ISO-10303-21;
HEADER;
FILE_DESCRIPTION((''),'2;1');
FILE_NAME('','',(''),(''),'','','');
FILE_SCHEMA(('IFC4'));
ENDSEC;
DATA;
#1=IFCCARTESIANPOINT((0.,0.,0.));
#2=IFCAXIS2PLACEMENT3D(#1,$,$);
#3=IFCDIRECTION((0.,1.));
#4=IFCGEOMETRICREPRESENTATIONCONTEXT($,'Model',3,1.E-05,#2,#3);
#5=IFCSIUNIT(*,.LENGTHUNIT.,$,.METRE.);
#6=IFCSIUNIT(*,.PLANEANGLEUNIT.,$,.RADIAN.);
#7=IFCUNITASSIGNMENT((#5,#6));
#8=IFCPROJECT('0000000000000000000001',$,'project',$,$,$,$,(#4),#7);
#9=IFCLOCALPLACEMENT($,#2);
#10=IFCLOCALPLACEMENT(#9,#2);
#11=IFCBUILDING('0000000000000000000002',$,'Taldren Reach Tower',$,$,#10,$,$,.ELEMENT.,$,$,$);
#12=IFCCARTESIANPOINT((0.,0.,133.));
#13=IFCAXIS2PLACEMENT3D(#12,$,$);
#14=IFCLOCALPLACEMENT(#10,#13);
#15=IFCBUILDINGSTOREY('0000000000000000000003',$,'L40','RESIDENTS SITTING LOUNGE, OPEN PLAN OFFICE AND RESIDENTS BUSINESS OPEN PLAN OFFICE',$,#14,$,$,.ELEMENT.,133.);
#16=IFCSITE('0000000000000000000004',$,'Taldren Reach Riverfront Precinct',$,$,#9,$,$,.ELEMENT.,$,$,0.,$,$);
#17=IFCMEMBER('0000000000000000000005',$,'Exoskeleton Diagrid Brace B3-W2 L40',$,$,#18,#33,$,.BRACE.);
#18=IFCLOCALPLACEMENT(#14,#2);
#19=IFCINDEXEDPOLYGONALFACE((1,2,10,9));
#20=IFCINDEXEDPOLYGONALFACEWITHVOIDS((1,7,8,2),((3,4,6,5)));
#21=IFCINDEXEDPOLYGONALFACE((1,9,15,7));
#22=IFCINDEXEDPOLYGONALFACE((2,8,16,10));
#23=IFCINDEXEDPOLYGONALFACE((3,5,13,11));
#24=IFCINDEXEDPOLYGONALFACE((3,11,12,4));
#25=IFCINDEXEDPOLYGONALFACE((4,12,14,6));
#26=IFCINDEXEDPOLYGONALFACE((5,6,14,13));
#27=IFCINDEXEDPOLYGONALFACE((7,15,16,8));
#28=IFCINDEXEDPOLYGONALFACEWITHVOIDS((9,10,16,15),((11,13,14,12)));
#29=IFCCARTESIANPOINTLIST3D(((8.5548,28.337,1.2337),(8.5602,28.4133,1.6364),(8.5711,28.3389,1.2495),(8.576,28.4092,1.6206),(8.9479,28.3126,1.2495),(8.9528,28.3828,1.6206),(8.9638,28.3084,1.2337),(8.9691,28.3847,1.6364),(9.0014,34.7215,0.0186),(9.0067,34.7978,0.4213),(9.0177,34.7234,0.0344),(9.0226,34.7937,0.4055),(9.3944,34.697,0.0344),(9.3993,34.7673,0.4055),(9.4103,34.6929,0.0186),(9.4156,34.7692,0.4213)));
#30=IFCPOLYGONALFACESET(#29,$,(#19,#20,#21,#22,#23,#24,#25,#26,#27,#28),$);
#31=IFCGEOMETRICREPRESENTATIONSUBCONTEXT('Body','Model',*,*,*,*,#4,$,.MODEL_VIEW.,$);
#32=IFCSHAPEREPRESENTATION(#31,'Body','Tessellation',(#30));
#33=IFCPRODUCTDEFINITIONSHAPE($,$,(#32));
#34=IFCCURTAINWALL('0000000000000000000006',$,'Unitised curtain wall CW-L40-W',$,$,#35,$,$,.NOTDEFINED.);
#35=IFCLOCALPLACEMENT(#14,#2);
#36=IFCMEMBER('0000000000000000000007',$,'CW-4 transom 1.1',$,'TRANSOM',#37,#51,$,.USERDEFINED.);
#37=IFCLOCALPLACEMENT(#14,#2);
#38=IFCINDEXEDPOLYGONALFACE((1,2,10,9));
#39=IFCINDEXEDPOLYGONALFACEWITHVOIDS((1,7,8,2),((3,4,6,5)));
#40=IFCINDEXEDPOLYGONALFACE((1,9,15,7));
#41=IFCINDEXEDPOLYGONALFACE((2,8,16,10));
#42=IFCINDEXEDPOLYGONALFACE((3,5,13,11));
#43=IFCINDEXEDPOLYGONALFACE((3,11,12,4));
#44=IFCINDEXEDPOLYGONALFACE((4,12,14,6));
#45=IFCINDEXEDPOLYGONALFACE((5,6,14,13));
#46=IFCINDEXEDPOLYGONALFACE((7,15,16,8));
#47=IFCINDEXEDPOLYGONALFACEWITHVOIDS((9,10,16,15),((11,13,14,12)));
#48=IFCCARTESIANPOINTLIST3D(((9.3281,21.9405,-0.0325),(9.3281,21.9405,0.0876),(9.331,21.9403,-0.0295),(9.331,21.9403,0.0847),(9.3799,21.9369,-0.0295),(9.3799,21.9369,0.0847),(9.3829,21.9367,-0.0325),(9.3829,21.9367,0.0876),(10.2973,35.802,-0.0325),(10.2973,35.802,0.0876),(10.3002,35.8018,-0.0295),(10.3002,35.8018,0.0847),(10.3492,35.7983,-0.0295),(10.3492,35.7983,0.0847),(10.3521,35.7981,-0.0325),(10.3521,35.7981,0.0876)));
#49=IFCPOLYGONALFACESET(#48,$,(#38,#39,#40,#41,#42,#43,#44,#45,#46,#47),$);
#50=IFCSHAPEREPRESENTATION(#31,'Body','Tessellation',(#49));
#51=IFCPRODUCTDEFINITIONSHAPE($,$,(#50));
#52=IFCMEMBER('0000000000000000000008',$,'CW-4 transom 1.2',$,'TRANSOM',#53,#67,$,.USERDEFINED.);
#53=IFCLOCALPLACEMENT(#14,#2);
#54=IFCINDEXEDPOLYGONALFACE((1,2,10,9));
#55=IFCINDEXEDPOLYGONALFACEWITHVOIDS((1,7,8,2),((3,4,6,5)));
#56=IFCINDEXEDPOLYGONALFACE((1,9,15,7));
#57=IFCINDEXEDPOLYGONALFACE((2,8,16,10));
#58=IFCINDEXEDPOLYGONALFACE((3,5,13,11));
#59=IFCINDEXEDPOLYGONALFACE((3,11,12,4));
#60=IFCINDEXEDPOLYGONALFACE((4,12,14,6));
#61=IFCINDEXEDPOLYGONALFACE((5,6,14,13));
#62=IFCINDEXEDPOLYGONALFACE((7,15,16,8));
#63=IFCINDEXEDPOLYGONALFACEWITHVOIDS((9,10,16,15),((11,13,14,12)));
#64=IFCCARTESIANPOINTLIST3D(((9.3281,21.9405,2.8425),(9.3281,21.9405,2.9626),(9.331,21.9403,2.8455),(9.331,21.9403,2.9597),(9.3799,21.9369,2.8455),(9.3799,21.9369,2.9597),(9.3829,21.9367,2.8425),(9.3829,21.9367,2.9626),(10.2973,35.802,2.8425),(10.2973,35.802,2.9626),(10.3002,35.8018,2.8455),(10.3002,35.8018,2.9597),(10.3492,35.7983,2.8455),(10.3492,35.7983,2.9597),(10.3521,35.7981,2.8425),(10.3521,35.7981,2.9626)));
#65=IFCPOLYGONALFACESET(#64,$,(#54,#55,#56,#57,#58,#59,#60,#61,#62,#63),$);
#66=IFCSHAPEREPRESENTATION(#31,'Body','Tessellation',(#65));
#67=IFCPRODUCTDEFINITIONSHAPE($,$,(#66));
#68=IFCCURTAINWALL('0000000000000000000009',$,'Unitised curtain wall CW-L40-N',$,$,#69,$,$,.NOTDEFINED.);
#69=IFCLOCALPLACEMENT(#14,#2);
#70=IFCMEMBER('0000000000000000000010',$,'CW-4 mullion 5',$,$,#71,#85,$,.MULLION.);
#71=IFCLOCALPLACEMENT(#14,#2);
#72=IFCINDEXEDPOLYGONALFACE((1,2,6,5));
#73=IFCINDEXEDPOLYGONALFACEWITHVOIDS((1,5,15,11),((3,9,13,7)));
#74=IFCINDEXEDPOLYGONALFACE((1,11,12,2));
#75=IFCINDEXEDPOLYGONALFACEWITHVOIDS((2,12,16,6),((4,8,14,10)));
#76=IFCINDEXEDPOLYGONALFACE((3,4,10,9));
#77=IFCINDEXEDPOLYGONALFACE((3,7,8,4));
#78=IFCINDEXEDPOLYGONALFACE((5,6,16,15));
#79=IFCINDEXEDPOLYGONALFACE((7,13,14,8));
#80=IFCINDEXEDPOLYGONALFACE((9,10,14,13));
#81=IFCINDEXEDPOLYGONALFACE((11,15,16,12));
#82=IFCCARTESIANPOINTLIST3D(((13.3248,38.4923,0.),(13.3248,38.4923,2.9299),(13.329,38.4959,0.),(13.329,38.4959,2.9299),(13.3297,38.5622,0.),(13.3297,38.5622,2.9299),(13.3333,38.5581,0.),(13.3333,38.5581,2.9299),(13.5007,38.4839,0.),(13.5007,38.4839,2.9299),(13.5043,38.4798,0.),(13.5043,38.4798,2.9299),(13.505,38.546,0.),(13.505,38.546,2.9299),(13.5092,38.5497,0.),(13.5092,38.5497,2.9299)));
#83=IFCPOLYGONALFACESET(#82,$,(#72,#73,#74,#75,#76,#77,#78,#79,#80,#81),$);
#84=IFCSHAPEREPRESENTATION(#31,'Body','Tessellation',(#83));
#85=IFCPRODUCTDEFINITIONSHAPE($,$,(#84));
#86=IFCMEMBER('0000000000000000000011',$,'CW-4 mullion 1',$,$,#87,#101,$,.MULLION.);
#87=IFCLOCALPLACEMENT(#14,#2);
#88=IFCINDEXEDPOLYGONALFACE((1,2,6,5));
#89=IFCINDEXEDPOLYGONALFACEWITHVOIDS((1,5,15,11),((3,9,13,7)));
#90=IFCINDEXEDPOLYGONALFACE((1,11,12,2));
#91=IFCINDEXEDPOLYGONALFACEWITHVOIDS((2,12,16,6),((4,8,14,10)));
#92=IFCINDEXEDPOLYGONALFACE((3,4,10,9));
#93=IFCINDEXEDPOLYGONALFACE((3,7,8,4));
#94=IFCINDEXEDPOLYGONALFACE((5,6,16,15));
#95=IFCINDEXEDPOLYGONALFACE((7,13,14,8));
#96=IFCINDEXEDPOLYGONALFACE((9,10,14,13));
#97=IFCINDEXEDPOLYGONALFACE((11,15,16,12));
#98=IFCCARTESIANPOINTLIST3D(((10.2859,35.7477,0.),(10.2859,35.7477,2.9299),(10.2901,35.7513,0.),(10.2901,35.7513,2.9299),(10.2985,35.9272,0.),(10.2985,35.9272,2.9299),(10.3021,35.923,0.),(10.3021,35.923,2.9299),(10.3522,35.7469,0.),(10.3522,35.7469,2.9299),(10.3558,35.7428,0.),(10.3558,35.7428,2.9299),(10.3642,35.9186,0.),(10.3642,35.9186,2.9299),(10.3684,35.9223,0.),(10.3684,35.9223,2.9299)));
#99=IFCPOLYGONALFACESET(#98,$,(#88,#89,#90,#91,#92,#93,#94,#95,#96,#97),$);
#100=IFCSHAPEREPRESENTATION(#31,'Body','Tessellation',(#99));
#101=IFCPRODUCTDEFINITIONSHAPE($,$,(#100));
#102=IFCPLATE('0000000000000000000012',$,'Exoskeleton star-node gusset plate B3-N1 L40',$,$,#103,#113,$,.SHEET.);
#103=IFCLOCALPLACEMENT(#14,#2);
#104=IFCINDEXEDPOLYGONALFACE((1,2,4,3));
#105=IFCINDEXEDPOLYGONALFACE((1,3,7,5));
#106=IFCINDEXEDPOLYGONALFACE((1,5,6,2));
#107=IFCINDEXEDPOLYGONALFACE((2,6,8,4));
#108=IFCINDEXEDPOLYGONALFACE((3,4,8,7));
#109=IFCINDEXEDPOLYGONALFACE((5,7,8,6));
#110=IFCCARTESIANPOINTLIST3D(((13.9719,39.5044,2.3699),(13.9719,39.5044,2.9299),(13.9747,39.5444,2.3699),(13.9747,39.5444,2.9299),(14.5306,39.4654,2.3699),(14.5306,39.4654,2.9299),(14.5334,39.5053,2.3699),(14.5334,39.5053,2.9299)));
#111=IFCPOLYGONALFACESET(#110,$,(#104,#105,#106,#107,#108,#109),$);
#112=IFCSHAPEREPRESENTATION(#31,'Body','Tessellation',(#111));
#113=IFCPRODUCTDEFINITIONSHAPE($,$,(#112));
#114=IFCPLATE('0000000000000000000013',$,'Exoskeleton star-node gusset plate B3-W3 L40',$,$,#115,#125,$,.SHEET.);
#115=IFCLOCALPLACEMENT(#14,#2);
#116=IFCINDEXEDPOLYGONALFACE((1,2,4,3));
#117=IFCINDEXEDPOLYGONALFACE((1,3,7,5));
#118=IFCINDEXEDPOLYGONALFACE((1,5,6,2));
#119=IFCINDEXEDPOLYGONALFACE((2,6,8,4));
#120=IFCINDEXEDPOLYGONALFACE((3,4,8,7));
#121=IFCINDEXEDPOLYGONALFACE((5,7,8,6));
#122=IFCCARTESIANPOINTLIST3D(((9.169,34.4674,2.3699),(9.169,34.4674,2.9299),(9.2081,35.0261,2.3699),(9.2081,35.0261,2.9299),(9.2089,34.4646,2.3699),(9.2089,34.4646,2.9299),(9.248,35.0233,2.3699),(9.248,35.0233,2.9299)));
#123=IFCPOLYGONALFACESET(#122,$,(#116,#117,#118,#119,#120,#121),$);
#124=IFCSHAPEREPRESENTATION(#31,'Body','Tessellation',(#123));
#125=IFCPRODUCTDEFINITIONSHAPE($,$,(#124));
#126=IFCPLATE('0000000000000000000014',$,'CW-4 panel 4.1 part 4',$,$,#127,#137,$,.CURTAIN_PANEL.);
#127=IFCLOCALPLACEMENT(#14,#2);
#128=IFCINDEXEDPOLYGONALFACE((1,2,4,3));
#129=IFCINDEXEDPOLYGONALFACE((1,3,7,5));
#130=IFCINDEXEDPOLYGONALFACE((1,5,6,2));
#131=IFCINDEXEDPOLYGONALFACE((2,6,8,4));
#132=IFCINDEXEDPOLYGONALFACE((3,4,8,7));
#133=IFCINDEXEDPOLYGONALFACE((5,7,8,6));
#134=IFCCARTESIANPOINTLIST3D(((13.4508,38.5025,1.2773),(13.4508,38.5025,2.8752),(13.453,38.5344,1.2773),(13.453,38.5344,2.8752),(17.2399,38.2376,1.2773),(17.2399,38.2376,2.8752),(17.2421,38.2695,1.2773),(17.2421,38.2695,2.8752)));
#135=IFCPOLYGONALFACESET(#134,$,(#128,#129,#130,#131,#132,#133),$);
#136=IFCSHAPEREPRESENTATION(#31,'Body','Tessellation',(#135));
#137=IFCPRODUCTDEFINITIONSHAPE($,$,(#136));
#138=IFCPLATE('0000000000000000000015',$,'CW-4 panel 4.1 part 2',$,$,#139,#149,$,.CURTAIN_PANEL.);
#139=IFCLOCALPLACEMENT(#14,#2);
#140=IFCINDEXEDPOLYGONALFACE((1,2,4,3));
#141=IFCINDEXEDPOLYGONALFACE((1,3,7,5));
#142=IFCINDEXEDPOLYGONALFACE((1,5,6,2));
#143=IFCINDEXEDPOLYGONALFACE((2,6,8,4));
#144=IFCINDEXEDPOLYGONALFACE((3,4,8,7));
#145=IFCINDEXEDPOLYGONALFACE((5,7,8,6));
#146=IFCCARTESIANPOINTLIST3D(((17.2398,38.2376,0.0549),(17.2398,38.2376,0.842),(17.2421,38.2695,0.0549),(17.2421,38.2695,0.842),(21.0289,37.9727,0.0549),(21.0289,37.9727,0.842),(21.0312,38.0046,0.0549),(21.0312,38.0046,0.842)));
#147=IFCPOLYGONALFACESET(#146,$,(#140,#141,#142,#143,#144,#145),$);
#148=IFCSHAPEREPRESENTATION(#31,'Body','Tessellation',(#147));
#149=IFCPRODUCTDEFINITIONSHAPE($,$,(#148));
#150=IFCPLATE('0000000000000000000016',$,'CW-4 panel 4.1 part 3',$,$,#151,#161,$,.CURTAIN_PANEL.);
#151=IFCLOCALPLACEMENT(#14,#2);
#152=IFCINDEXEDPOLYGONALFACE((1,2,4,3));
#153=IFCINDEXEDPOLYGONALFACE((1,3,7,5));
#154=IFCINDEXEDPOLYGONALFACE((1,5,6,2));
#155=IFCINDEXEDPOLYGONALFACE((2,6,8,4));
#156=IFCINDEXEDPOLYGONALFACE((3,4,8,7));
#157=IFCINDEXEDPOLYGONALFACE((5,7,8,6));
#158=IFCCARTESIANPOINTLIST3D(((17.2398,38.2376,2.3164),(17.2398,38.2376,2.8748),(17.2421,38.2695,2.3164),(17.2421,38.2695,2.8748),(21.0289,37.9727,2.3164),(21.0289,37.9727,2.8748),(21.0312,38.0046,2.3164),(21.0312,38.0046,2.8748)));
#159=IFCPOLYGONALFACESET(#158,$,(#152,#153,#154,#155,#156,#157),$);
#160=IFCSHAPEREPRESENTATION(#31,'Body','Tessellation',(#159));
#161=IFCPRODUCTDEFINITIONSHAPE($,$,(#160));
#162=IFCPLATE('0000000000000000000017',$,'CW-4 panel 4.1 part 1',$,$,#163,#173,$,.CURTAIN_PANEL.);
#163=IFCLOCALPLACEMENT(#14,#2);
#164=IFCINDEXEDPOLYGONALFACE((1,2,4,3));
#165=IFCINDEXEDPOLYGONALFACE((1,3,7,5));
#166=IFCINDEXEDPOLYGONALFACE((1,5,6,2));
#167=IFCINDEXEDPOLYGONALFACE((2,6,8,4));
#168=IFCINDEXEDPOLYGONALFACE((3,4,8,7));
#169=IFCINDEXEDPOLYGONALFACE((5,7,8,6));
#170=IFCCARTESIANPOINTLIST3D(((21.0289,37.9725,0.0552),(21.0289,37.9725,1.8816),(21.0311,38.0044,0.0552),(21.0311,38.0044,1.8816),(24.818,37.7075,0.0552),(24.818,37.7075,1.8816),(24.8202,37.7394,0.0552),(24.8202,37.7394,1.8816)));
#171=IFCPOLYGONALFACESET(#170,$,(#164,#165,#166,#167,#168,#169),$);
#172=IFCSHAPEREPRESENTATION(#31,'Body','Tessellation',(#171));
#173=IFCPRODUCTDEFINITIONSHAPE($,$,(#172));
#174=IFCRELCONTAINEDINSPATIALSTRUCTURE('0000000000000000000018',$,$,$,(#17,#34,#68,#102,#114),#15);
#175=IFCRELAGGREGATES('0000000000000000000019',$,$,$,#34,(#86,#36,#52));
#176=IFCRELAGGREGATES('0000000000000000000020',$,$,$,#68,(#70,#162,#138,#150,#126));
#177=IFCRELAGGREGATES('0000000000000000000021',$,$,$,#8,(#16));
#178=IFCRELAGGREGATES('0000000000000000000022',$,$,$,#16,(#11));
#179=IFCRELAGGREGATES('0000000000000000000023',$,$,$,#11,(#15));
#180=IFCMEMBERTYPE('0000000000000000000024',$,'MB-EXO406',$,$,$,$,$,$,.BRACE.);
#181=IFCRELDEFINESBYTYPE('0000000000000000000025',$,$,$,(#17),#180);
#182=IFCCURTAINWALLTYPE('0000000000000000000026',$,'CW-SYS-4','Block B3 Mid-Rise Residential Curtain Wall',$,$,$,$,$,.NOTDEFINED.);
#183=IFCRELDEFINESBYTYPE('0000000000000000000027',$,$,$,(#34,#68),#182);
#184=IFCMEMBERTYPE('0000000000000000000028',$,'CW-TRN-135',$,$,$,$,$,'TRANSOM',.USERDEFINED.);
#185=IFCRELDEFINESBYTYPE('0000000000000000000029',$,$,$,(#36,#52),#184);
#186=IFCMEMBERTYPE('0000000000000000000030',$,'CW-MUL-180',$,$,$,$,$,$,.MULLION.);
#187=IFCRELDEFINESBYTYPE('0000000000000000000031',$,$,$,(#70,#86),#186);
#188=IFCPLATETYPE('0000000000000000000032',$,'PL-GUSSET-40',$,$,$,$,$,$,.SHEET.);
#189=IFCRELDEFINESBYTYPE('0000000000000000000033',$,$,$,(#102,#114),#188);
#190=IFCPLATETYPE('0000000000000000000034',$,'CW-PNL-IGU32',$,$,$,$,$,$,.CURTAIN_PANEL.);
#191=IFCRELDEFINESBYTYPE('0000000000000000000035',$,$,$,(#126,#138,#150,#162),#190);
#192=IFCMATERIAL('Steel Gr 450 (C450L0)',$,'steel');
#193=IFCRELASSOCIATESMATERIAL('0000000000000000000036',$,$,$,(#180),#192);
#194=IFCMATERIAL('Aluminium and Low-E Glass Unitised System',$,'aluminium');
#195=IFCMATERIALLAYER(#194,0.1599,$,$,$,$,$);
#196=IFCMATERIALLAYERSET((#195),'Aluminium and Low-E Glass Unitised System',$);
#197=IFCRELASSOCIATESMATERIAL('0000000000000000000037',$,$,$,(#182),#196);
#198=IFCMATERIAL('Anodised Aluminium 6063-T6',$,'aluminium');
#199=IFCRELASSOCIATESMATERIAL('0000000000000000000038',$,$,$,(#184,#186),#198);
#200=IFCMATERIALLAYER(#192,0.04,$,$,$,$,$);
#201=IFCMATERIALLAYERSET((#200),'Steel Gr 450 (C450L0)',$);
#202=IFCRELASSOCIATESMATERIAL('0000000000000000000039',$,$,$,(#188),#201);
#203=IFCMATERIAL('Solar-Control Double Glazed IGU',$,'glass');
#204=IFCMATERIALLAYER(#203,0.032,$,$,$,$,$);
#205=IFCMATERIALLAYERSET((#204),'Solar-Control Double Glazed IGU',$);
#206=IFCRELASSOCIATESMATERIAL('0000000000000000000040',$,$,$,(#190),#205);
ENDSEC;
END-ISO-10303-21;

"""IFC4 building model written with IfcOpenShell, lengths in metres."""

from ifc_helpers import new_model, si_unit, direction, frame, origin, origin_2d, place, context, subcontext, project, spatial, rectangle, hollow_rectangle, extrude, source, transform, mapped, material, layer, layer_set, material_profile, profile_set, type_object, element, aggregate, save


model = new_model("IFC4")

# Units and contexts
model_context = context("Model", 3, precision=1e-05, world=origin(), true_north=direction((0.0, 1.0)))
body_context = subcontext(model_context, "Body", "Model", "MODEL_VIEW")
ifc_project = project(units=[si_unit("LENGTHUNIT", "METRE"), si_unit("PLANEANGLEUNIT", "RADIAN")], contexts=[model_context])

# Site, building, storey
site_placement = place(None, origin())
site = spatial("IfcSite", under=ifc_project, at=site_placement, Name="Taldren Reach Riverfront Precinct", CompositionType="ELEMENT", RefElevation=0.0)
building_placement = place(site_placement, origin())
building = spatial("IfcBuilding", under=site, at=building_placement, Name="Taldren Reach Tower", CompositionType="ELEMENT")
storey_placement = place(building_placement, frame((0.0, 0.0, 133.0)))
storey = spatial("IfcBuildingStorey", under=building, at=storey_placement, Name="L40", Description="RESIDENTS SITTING LOUNGE, OPEN PLAN OFFICE AND RESIDENTS BUSINESS OPEN PLAN OFFICE", CompositionType="ELEMENT", Elevation=133.0)

# Shared definitions
ifc_material_1 = material(Name="Steel Gr 450 (C450L0)", Category="steel")

# Member
ifc_material_profile_1 = material_profile(ifc_material_1, hollow_rectangle(XDim=0.4099, YDim=0.4099, WallThickness=0.0161, at=origin_2d()), Name="410x410x16.0SHS")
ifc_profile_set_1 = profile_set([ifc_material_profile_1], Name="Steel Gr 450 (C450L0)")
member_type_1 = type_object("IfcMemberType", Name="MB-EXO406", PredefinedType="BRACE", material=ifc_profile_set_1)
shared_shape_1 = source(origin(), body_context, "Body", "SweptSolid", [
    extrude(hollow_rectangle(XDim=0.4099, YDim=0.4099, WallThickness=0.0161, at=origin_2d()), origin(), (0.0, 0.0, 1.0), 6.5144),
])
member_1_placement = place(storey_placement, frame((9.2085, 34.7454, 0.22), z_axis=(-0.068545, -0.980057, 0.186522), x_axis=(0.997563, -0.06977, 0.0)))
element("IfcMember", 1, at=member_1_placement, inside=storey, type_object=member_type_1, Name="Exoskeleton Diagrid Brace B3-W2 L40", PredefinedType="BRACE", context=body_context, shape_type="MappedRepresentation", body=[
    mapped(shared_shape_1, transform((0.0, 0.0, 0.0), scale=1.0)),
])

# Curtain wall, members
ifc_material_2 = material(Name="Aluminium and Low-E Glass Unitised System", Category="aluminium")
ifc_layer_1 = layer(ifc_material_2, 0.1599)
ifc_layer_set_1 = layer_set([ifc_layer_1], Name="Aluminium and Low-E Glass Unitised System")
curtain_wall_type = type_object("IfcCurtainWallType", Name="CW-SYS-4", Description="Block B3 Mid-Rise Residential Curtain Wall", PredefinedType="NOTDEFINED", material=ifc_layer_set_1)
curtain_wall_1_placement = place(storey_placement, origin())
curtain_wall_1 = element("IfcCurtainWall", 2, at=curtain_wall_1_placement, inside=storey, type_object=curtain_wall_type, Name="Unitised curtain wall CW-L40-W", PredefinedType="NOTDEFINED")
ifc_material_3 = material(Name="Anodised Aluminium 6063-T6", Category="aluminium")
ifc_material_profile_2 = material_profile(ifc_material_3, hollow_rectangle(XDim=0.0549, YDim=0.1201, WallThickness=0.0029, at=origin_2d()), Name="ALU-120x55x3RHS")
ifc_profile_set_2 = profile_set([ifc_material_profile_2], Name="Anodised Aluminium 6063-T6")
member_type_2 = type_object("IfcMemberType", Name="CW-TRN-135", ElementType="TRANSOM", PredefinedType="USERDEFINED", material=ifc_profile_set_2)
shared_shape_2 = source(origin(), body_context, "Body", "SweptSolid", [
    extrude(hollow_rectangle(XDim=0.0549, YDim=0.1201, WallThickness=0.0029, at=origin_2d()), origin(), (0.0, 0.0, 1.0), 13.8953),
])
member_2_placement = place(storey_placement, frame((10.3247, 35.8, 0.0276), z_axis=(-0.069754, -0.997564, 0.0), x_axis=(0.997564, -0.069754, 0.0)))
member_2 = element("IfcMember", 3, at=member_2_placement, type_object=member_type_2, Name="CW-4 transom 1.1", ObjectType="TRANSOM", PredefinedType="USERDEFINED", context=body_context, shape_type="MappedRepresentation", body=[
    mapped(shared_shape_2, transform((0.0, 0.0, 0.0), scale=1.0)),
])
member_3_placement = place(storey_placement, frame((10.3247, 35.8, 2.9026), z_axis=(-0.069754, -0.997564, 0.0), x_axis=(0.997564, -0.069754, 0.0)))
member_3 = element("IfcMember", 4, at=member_3_placement, type_object=member_type_2, Name="CW-4 transom 1.2", ObjectType="TRANSOM", PredefinedType="USERDEFINED", context=body_context, shape_type="MappedRepresentation", body=[
    mapped(shared_shape_2, transform((0.0, 0.0, 0.0), scale=1.0)),
])

# Curtain wall, member
curtain_wall_2_placement = place(storey_placement, origin())
curtain_wall_2 = element("IfcCurtainWall", 5, at=curtain_wall_2_placement, inside=storey, type_object=curtain_wall_type, Name="Unitised curtain wall CW-L40-N", PredefinedType="NOTDEFINED")
ifc_material_profile_3 = material_profile(ifc_material_3, hollow_rectangle(XDim=0.0701, YDim=0.1799, WallThickness=0.0039, at=origin_2d()), Name="ALU-180x70x4RHS")
ifc_profile_set_3 = profile_set([ifc_material_profile_3], Name="Anodised Aluminium 6063-T6")
member_type_3 = type_object("IfcMemberType", Name="CW-MUL-180", PredefinedType="MULLION", material=ifc_profile_set_3)
shared_shape_3 = source(origin(), body_context, "Body", "SweptSolid", [
    extrude(hollow_rectangle(XDim=0.0701, YDim=0.1799, WallThickness=0.0039, at=origin_2d()), origin(), (0.0, 0.0, 1.0), 2.9299),
])
member_4_placement = place(storey_placement, frame((13.417, 38.521, 0.0), z_axis=(0.0, 0.0, 1.0), x_axis=(-0.069757, -0.997564, 0.0)))
member_4 = element("IfcMember", 6, at=member_4_placement, type_object=member_type_3, Name="CW-4 mullion 5", PredefinedType="MULLION", context=body_context, shape_type="MappedRepresentation", body=[
    mapped(shared_shape_3, transform((0.0, 0.0, 0.0), scale=1.0)),
])

# Member
member_5_placement = place(storey_placement, frame((10.3271, 35.835, 0.0), z_axis=(0.0, 0.0, 1.0), x_axis=(0.997564, -0.069756, 0.0)))
member_5 = element("IfcMember", 7, at=member_5_placement, type_object=member_type_3, Name="CW-4 mullion 1", PredefinedType="MULLION", context=body_context, shape_type="MappedRepresentation", body=[
    mapped(shared_shape_3, transform((0.0, 0.0, 0.0), scale=1.0)),
])
aggregate(curtain_wall_1, [member_5, member_2, member_3])

# Plates
ifc_layer_2 = layer(ifc_material_1, 0.04)
ifc_layer_set_2 = layer_set([ifc_layer_2], Name="Steel Gr 450 (C450L0)")
plate_type_1 = type_object("IfcPlateType", Name="PL-GUSSET-40", PredefinedType="SHEET", material=ifc_layer_set_2)
shared_shape_4 = source(origin(), body_context, "Body", "SweptSolid", [
    extrude(rectangle(XDim=0.5601, YDim=0.04, at=origin_2d()), origin(), (0.0, 0.0, 1.0), 0.5601),
])
for number, where, z_axis, x_axis, name in (
    (8, (14.2527, 39.5049, 2.3699), (0.0, 0.0, 1.0), (0.997564, -0.069756, 0.0), "Exoskeleton star-node gusset plate B3-N1 L40"),
    (9, (9.2085, 34.7454, 2.3699), (0.0, 0.0, 1.0), (0.069756, 0.997564, 0.0), "Exoskeleton star-node gusset plate B3-W3 L40"),
):
    element("IfcPlate", number, at=place(storey_placement, frame(where, z_axis=z_axis, x_axis=x_axis)), inside=storey, type_object=plate_type_1, Name=name, PredefinedType="SHEET", context=body_context, shape_type="MappedRepresentation", body=[
        mapped(shared_shape_4, transform((0.0, 0.0, 0.0), scale=1.0)),
    ])

# Plates
ifc_material_4 = material(Name="Solar-Control Double Glazed IGU", Category="glass")
ifc_layer_3 = layer(ifc_material_4, 0.032)
ifc_layer_set_3 = layer_set([ifc_layer_3], Name="Solar-Control Double Glazed IGU")
plate_type_2 = type_object("IfcPlateType", Name="CW-PNL-IGU32", PredefinedType="CURTAIN_PANEL", material=ifc_layer_set_3)
shared_shape_5 = source(origin(), body_context, "Body", "SweptSolid", [
    extrude(rectangle(XDim=3.7983, YDim=0.032, at=origin_2d()), origin(), (0.0, 0.0, 1.0), 1.5979),
])
plate_1_placement = place(storey_placement, frame((15.3464, 38.386, 1.2773), z_axis=(0.0, 0.0, 1.0), x_axis=(-0.997564, 0.069757, 0.0)))
plate_1 = element("IfcPlate", 10, at=plate_1_placement, type_object=plate_type_2, Name="CW-4 panel 4.1 part 4", PredefinedType="CURTAIN_PANEL", context=body_context, shape_type="MappedRepresentation", body=[
    mapped(shared_shape_5, transform((0.0, 0.0, 0.0), scale=1.0)),
])
shared_shape_6 = source(origin(), body_context, "Body", "SweptSolid", [
    extrude(rectangle(XDim=3.7983, YDim=0.032, at=origin_2d()), origin(), (0.0, 0.0, 1.0), 0.7871),
])
plate_2_placement = place(storey_placement, frame((19.1355, 38.1211, 0.0549), z_axis=(0.0, 0.0, 1.0), x_axis=(-0.997564, 0.069757, 0.0)))
plate_2 = element("IfcPlate", 11, at=plate_2_placement, type_object=plate_type_2, Name="CW-4 panel 4.1 part 2", PredefinedType="CURTAIN_PANEL", context=body_context, shape_type="MappedRepresentation", body=[
    mapped(shared_shape_6, transform((0.0, 0.0, 0.0), scale=1.0)),
])
shared_shape_7 = source(origin(), body_context, "Body", "SweptSolid", [
    extrude(rectangle(XDim=3.7983, YDim=0.032, at=origin_2d()), origin(), (0.0, 0.0, 1.0), 0.5583),
])
plate_3_placement = place(storey_placement, frame((19.1355, 38.1211, 2.3164), z_axis=(0.0, 0.0, 1.0), x_axis=(-0.997564, 0.069757, 0.0)))
plate_3 = element("IfcPlate", 12, at=plate_3_placement, type_object=plate_type_2, Name="CW-4 panel 4.1 part 3", PredefinedType="CURTAIN_PANEL", context=body_context, shape_type="MappedRepresentation", body=[
    mapped(shared_shape_7, transform((0.0, 0.0, 0.0), scale=1.0)),
])
shared_shape_8 = source(origin(), body_context, "Body", "SweptSolid", [
    extrude(rectangle(XDim=3.7983, YDim=0.032, at=origin_2d()), origin(), (0.0, 0.0, 1.0), 1.8264),
])
plate_4_placement = place(storey_placement, frame((22.9246, 37.856, 0.0552), z_axis=(0.0, 0.0, 1.0), x_axis=(-0.997564, 0.069757, 0.0)))
plate_4 = element("IfcPlate", 13, at=plate_4_placement, type_object=plate_type_2, Name="CW-4 panel 4.1 part 1", PredefinedType="CURTAIN_PANEL", context=body_context, shape_type="MappedRepresentation", body=[
    mapped(shared_shape_8, transform((0.0, 0.0, 0.0), scale=1.0)),
])
aggregate(curtain_wall_2, [member_4, plate_4, plate_2, plate_3, plate_1])

save(model, "model.ifc")
